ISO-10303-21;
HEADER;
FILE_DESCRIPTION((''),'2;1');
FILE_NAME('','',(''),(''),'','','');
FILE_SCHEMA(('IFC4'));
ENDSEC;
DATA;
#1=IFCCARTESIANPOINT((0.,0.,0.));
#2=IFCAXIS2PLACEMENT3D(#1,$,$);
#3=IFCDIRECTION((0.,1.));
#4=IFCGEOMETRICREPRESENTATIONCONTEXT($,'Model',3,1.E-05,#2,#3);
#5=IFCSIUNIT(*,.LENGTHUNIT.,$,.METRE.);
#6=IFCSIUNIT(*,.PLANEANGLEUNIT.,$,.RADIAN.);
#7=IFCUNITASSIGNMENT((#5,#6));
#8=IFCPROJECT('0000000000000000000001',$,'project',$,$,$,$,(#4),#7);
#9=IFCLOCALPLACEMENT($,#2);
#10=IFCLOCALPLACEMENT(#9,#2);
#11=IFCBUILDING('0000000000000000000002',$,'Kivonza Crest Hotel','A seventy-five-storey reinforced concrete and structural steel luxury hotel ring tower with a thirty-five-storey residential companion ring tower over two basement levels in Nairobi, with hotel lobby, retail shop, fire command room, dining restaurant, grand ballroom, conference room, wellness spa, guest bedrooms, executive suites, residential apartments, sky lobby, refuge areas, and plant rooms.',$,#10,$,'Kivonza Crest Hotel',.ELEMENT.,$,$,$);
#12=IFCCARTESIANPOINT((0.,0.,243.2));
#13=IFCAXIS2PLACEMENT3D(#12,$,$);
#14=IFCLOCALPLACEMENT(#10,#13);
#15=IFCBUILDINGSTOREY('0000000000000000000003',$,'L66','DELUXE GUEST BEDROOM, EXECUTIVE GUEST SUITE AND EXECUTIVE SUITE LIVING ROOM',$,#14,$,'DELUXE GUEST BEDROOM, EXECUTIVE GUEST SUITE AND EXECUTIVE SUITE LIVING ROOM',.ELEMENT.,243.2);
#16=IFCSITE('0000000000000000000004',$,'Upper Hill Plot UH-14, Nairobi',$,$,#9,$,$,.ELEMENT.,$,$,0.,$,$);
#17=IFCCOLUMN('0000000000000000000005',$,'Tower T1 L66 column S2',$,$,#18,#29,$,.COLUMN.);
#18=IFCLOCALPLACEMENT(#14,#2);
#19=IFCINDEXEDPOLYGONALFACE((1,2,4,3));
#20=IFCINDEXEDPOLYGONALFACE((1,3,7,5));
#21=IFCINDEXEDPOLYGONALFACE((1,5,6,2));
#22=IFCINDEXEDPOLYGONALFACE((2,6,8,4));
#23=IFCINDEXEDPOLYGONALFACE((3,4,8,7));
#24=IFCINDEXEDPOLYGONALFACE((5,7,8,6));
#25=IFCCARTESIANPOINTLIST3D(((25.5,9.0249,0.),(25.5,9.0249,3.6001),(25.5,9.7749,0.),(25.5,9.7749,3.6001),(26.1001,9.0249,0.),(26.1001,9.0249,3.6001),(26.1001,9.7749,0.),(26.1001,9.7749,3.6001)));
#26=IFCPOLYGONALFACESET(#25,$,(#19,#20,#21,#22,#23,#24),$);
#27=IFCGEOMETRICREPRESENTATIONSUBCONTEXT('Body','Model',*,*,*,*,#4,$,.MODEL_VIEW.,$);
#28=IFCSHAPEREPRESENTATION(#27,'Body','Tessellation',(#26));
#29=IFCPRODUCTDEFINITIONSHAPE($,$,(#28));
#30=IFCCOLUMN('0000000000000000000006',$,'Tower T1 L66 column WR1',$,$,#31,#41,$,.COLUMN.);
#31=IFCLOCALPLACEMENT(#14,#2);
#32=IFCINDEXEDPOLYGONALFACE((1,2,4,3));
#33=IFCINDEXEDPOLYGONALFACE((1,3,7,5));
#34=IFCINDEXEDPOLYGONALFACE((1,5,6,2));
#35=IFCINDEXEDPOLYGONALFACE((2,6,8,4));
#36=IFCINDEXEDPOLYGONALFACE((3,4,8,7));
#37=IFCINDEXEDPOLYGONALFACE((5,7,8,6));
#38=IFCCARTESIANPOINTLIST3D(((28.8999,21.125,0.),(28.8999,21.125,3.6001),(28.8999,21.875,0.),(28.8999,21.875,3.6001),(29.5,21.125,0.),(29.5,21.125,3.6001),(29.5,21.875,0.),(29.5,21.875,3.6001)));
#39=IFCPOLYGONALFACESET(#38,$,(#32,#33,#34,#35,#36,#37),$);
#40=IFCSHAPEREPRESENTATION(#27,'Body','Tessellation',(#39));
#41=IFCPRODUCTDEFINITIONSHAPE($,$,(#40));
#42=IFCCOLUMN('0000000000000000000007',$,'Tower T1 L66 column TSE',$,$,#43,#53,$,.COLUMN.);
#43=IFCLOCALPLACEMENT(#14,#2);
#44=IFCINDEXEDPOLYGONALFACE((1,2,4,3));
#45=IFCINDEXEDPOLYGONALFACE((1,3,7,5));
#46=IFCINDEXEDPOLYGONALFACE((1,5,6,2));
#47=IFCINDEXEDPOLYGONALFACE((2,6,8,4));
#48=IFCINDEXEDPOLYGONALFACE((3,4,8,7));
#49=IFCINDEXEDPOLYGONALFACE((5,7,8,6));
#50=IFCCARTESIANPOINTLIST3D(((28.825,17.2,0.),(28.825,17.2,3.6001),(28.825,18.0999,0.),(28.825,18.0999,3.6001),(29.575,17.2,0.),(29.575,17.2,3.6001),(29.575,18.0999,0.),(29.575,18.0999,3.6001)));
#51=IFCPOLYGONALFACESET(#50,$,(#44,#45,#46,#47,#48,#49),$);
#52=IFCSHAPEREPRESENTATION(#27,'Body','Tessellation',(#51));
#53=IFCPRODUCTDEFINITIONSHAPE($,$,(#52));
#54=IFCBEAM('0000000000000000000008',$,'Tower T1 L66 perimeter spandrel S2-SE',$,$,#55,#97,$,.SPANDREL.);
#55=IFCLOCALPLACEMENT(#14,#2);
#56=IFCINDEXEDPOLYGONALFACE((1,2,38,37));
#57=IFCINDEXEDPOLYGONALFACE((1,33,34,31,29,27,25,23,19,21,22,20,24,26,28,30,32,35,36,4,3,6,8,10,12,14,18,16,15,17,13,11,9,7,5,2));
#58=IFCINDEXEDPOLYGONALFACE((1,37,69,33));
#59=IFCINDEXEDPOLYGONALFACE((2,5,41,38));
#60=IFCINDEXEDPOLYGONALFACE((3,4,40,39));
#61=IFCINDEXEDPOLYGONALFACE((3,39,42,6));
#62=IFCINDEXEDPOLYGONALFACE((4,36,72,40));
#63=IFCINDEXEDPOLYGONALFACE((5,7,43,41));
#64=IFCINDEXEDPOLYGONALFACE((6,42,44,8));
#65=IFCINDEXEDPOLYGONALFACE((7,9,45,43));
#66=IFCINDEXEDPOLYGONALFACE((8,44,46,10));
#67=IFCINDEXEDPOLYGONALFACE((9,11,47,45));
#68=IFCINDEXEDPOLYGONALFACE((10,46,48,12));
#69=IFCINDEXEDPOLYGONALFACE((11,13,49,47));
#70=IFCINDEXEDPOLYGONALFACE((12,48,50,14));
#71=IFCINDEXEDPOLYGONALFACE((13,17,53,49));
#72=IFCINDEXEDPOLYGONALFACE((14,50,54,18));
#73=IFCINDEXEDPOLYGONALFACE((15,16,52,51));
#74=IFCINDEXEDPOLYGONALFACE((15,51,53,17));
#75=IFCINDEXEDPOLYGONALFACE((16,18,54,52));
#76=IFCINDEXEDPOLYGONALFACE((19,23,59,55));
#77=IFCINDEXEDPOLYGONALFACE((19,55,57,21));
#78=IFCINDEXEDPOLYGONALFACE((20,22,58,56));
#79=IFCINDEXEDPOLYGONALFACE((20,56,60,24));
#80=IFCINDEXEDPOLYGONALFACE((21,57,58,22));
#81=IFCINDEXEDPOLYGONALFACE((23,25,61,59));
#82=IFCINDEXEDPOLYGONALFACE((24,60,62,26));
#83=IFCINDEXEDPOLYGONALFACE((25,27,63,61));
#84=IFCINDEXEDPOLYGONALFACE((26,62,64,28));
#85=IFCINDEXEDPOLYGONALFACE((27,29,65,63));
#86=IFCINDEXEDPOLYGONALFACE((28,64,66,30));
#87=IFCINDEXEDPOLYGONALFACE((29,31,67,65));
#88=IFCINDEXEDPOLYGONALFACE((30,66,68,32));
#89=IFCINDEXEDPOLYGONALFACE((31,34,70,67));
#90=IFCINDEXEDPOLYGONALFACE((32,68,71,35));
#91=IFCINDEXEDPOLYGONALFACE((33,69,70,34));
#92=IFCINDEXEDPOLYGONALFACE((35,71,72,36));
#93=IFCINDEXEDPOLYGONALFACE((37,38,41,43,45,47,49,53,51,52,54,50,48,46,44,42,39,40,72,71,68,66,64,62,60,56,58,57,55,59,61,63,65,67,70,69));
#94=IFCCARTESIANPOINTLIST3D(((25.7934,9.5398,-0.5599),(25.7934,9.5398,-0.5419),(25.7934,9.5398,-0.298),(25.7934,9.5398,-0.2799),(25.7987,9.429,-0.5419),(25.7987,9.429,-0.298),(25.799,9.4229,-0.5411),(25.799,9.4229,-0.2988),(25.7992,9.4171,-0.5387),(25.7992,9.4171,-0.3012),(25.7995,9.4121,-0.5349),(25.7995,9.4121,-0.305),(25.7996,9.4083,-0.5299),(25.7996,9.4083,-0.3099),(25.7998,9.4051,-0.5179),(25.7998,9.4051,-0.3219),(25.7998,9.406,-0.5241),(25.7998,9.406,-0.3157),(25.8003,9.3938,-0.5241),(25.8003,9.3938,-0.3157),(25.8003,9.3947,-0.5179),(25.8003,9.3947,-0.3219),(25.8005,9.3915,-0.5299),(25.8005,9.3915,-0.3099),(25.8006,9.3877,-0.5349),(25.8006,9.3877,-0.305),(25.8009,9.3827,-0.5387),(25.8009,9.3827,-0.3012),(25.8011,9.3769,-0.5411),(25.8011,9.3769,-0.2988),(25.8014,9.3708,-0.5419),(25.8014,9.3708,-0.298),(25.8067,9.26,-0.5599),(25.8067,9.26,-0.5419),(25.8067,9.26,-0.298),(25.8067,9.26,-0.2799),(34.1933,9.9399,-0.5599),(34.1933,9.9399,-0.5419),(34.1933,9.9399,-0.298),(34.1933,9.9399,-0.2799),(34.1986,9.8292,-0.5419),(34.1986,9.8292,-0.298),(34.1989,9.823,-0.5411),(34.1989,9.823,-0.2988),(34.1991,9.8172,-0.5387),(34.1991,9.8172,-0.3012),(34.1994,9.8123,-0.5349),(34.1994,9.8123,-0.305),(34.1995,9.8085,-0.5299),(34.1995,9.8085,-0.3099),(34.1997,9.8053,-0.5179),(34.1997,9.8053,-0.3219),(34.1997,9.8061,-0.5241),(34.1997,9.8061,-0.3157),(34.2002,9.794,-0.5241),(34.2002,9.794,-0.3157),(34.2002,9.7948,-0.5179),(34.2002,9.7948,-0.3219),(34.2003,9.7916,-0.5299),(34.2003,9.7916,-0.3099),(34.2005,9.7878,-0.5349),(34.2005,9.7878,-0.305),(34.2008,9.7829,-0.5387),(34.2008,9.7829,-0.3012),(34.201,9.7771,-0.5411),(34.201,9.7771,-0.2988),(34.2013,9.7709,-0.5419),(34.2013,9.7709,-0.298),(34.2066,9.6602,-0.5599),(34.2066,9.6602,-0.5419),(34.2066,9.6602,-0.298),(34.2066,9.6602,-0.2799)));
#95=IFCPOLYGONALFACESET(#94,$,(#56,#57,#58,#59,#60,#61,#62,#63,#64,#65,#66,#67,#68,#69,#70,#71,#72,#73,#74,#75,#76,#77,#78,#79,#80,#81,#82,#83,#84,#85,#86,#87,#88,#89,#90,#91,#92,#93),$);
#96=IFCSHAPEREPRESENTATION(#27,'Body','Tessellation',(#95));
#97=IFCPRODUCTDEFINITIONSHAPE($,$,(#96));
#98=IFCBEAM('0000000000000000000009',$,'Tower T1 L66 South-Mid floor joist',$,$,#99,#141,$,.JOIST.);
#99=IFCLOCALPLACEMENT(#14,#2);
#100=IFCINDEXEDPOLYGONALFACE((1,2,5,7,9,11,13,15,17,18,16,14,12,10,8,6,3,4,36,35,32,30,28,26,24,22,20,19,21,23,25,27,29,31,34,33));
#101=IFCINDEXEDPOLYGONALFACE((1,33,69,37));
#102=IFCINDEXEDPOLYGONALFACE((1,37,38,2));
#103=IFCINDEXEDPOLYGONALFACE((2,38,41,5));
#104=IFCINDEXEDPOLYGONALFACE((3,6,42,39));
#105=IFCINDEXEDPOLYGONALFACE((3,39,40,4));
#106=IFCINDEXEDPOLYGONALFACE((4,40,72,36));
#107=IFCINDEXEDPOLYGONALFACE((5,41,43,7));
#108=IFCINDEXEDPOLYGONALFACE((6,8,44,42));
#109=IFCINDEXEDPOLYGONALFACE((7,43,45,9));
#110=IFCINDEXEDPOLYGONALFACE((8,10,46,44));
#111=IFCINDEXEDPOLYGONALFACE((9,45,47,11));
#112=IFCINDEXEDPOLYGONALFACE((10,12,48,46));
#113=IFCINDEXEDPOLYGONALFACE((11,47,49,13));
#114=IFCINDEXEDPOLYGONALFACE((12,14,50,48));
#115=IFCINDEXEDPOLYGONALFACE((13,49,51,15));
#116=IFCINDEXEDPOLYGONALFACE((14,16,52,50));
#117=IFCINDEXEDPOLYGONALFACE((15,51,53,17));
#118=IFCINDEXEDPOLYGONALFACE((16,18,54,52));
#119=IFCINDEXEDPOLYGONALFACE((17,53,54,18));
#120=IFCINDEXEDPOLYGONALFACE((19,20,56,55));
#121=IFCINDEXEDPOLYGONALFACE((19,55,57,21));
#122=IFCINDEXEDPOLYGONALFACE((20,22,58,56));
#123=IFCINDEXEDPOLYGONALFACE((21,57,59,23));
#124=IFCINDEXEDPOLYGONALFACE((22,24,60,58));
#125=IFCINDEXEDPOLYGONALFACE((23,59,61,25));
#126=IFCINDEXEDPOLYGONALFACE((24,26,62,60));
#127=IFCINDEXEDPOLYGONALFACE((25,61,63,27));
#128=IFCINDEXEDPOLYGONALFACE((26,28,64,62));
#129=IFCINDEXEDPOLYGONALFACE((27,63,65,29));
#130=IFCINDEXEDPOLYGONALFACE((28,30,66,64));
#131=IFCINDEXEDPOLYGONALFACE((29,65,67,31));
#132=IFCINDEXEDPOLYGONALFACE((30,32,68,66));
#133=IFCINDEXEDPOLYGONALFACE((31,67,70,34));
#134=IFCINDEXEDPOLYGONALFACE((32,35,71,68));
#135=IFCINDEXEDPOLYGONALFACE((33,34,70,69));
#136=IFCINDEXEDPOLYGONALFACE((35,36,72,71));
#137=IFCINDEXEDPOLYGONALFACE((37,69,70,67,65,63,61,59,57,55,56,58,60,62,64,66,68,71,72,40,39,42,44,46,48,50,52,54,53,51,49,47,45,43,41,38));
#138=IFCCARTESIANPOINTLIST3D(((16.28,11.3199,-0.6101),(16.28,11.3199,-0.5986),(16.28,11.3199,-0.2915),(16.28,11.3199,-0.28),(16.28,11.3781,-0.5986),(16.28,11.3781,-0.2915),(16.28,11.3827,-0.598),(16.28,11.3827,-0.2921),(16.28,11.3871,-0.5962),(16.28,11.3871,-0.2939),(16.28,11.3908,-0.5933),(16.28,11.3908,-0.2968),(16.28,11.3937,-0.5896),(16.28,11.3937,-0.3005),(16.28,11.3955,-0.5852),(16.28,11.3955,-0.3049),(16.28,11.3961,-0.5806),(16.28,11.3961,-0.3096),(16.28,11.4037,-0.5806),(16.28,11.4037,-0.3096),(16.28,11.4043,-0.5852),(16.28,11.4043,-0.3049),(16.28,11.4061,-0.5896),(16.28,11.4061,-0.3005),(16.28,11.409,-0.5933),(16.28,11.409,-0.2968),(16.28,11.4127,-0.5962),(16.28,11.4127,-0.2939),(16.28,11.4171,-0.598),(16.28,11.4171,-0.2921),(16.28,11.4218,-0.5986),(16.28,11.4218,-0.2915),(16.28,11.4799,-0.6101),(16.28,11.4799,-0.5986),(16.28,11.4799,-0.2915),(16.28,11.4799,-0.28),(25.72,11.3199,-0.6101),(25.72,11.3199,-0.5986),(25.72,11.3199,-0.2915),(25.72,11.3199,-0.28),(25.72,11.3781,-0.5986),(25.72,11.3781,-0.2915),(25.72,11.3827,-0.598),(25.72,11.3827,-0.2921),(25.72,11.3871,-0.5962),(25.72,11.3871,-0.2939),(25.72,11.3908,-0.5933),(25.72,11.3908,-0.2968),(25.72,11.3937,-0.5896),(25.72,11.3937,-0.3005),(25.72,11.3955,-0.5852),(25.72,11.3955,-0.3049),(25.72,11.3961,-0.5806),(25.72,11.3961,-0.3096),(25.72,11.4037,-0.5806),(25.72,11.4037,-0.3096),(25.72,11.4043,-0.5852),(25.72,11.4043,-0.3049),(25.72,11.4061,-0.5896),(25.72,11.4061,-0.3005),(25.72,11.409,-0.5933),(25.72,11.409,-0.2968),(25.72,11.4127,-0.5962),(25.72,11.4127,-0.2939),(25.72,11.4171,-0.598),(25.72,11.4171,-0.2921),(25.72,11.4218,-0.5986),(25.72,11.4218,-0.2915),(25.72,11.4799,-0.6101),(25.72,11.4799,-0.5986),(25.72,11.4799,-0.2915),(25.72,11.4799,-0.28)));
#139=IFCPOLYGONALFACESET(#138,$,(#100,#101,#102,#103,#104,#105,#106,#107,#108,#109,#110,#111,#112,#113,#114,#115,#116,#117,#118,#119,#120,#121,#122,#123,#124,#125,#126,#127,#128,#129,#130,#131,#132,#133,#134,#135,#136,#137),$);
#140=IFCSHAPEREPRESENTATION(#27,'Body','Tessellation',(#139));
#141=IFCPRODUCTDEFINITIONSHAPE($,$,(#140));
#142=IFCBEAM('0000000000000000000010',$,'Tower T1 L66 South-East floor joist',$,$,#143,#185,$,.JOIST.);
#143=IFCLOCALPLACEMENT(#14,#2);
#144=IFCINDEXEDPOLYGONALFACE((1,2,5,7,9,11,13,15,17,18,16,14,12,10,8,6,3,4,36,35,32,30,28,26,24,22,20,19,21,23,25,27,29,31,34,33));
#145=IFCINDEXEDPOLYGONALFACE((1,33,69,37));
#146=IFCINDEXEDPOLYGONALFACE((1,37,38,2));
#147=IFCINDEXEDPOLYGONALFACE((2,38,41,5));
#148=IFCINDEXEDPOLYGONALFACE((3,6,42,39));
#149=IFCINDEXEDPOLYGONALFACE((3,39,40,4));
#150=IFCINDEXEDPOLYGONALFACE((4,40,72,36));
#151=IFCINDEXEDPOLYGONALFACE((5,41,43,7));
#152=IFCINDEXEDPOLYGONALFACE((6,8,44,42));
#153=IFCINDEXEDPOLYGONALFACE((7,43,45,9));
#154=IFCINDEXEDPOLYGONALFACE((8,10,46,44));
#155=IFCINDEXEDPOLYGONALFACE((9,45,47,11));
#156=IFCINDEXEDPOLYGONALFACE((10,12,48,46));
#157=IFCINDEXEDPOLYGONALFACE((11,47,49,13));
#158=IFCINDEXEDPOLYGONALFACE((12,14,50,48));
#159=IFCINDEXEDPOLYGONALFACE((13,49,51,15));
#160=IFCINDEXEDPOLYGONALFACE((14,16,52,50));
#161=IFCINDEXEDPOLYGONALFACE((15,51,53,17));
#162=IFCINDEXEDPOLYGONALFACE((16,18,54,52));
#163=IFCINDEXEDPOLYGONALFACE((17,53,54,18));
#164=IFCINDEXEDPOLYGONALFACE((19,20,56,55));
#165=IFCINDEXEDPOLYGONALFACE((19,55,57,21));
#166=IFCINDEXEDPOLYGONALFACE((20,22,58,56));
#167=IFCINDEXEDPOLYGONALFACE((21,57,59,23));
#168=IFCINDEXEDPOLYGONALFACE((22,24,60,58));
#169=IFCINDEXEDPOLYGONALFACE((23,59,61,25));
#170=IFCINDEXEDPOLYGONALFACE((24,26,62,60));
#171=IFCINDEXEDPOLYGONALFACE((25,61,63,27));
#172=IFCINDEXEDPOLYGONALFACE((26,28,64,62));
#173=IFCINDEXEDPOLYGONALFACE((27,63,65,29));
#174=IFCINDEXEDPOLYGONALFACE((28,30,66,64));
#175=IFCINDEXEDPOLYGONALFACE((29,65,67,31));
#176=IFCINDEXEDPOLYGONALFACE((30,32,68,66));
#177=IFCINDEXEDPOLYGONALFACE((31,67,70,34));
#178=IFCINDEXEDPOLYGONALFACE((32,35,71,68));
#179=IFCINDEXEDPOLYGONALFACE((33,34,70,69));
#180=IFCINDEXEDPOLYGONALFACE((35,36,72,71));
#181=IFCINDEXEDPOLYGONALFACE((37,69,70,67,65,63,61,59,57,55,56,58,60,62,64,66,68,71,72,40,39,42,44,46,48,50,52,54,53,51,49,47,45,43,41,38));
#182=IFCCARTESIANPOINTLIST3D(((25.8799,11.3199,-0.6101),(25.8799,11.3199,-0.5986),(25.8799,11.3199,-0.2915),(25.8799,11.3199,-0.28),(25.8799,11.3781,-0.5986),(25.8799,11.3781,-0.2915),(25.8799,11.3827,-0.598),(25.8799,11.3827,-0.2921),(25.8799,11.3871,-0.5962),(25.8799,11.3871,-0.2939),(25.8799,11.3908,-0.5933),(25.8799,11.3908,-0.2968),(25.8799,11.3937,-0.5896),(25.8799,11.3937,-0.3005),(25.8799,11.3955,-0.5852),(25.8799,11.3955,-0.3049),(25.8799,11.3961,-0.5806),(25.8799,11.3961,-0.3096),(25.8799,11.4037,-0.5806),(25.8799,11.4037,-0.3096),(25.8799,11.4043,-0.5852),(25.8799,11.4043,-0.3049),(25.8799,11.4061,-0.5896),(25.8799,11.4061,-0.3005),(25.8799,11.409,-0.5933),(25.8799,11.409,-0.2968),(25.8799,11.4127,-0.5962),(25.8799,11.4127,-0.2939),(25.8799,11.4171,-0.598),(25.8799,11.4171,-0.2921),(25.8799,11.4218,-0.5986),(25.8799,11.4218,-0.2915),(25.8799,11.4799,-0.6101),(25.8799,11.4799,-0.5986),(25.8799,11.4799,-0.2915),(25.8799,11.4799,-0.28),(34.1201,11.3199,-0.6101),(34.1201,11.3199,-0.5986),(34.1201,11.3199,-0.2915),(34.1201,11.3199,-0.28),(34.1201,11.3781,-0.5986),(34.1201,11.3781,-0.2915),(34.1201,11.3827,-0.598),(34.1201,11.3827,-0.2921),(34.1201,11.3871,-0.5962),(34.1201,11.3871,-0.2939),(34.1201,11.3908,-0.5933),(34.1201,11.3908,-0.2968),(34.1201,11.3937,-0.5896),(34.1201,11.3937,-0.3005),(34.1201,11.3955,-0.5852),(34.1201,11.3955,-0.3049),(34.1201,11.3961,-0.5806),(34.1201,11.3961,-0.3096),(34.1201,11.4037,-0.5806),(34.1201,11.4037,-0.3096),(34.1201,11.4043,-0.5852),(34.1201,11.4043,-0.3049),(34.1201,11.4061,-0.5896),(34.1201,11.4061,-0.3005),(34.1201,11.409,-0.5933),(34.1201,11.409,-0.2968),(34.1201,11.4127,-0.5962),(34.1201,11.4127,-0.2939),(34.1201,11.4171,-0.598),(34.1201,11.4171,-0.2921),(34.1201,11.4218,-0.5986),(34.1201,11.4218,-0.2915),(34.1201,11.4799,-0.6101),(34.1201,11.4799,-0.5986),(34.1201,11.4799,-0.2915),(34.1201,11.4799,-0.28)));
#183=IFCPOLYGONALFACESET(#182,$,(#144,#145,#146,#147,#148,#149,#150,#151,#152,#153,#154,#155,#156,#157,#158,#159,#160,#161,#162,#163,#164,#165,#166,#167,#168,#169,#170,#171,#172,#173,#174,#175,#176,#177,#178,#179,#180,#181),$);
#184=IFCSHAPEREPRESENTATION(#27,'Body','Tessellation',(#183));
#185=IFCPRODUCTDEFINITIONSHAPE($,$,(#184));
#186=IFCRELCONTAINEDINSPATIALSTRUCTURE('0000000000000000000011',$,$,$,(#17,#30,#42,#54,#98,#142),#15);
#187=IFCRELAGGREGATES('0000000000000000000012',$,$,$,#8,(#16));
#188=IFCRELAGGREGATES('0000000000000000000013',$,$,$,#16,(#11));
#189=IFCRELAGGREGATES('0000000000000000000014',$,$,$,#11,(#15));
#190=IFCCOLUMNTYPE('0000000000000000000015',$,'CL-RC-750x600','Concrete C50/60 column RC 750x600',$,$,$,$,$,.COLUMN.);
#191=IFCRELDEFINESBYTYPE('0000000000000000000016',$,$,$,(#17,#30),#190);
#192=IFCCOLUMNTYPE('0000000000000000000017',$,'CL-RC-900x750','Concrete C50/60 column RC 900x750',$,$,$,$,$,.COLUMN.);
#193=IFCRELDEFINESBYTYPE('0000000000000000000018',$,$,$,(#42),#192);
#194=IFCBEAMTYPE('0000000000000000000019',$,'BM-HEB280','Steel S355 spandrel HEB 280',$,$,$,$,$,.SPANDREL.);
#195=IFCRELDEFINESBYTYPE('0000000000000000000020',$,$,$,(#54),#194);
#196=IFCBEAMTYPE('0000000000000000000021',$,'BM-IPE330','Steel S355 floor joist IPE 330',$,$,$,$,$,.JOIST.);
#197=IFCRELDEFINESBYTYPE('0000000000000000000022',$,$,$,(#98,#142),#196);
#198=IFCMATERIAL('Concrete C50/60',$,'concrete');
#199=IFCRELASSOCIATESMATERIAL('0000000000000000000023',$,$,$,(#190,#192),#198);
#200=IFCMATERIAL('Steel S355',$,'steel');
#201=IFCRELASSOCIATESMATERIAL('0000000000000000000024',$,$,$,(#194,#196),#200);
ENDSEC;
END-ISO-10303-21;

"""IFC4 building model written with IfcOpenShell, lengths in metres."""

from ifc_helpers import new_model, si_unit, direction, frame, origin, origin_2d, place, context, subcontext, project, spatial, rectangle, i_section, extrude, material, material_profile, profile_set, type_object, element, save


model = new_model("IFC4")

# Units and contexts
model_context = context("Model", 3, precision=1e-05, world=origin(), true_north=direction((0.0, 1.0)))
body_context = subcontext(model_context, "Body", "Model", "MODEL_VIEW")
ifc_project = project(units=[si_unit("LENGTHUNIT", "METRE"), si_unit("PLANEANGLEUNIT", "RADIAN")], contexts=[model_context])

# Site, building, storey
site_placement = place(None, origin())
site = spatial("IfcSite", under=ifc_project, at=site_placement, Name="Upper Hill Plot UH-14, Nairobi", CompositionType="ELEMENT", RefElevation=0.0)
building_placement = place(site_placement, origin())
building = spatial("IfcBuilding", under=site, at=building_placement, Name="Kivonza Crest Hotel", Description="A seventy-five-storey reinforced concrete and structural steel luxury hotel ring tower with a thirty-five-storey residential companion ring tower over two basement levels in Nairobi, with hotel lobby, retail shop, fire command room, dining restaurant, grand ballroom, conference room, wellness spa, guest bedrooms, executive suites, residential apartments, sky lobby, refuge areas, and plant rooms.", LongName="Kivonza Crest Hotel", CompositionType="ELEMENT")
storey_placement = place(building_placement, frame((0.0, 0.0, 243.2)))
storey = spatial("IfcBuildingStorey", under=building, at=storey_placement, Name="L66", Description="DELUXE GUEST BEDROOM, EXECUTIVE GUEST SUITE AND EXECUTIVE SUITE LIVING ROOM", LongName="DELUXE GUEST BEDROOM, EXECUTIVE GUEST SUITE AND EXECUTIVE SUITE LIVING ROOM", CompositionType="ELEMENT", Elevation=243.2)

# Columns
ifc_material_1 = material(Name="Concrete C50/60", Category="concrete")
ifc_material_profile_1 = material_profile(ifc_material_1, rectangle(XDim=0.6001, YDim=0.75, at=origin_2d()), Name="RC 750x600")
ifc_profile_set_1 = profile_set([ifc_material_profile_1], Name="Concrete C50/60")
column_type_1 = type_object("IfcColumnType", Name="CL-RC-750x600", Description="Concrete C50/60 column RC 750x600", PredefinedType="COLUMN", material=ifc_profile_set_1)
for number, where, z_axis, x_axis, name in (
    (1, (25.8, 9.3999, 0.0), (0.0, 0.0, 1.0), (1.0, 0.0, 0.0), "Tower T1 L66 column S2"),
    (2, (29.2, 21.5, 0.0), (0.0, 0.0, 1.0), (1.0, 0.0, 0.0), "Tower T1 L66 column WR1"),
):
    element("IfcColumn", number, at=place(storey_placement, frame(where, z_axis=z_axis, x_axis=x_axis)), inside=storey, type_object=column_type_1, Name=name, PredefinedType="COLUMN", context=body_context, shape_type="SweptSolid", body=[
        extrude(rectangle(XDim=0.6001, YDim=0.75, at=origin_2d()), origin(), (0.0, 0.0, 1.0), 3.6001),
    ])
ifc_material_profile_2 = material_profile(ifc_material_1, rectangle(XDim=0.75, YDim=0.8999, at=origin_2d()), Name="RC 900x750")
ifc_profile_set_2 = profile_set([ifc_material_profile_2], Name="Concrete C50/60")
column_type_2 = type_object("IfcColumnType", Name="CL-RC-900x750", Description="Concrete C50/60 column RC 900x750", PredefinedType="COLUMN", material=ifc_profile_set_2)
column_placement = place(storey_placement, frame((29.2, 17.6499, 0.0), z_axis=(0.0, 0.0, 1.0), x_axis=(1.0, 0.0, 0.0)))
element("IfcColumn", 3, at=column_placement, inside=storey, type_object=column_type_2, Name="Tower T1 L66 column TSE", PredefinedType="COLUMN", context=body_context, shape_type="SweptSolid", body=[
    extrude(rectangle(XDim=0.75, YDim=0.8999, at=origin_2d()), origin(), (0.0, 0.0, 1.0), 3.6001),
])

# Beams
ifc_material_2 = material(Name="Steel S355", Category="steel")
ifc_material_profile_3 = material_profile(ifc_material_2, i_section(OverallWidth=0.28, OverallDepth=0.28, WebThickness=0.0105, FlangeThickness=0.0181, FilletRadius=0.0239, at=origin_2d()), Name="HEB 280")
ifc_profile_set_3 = profile_set([ifc_material_profile_3], Name="Steel S355")
beam_type_1 = type_object("IfcBeamType", Name="BM-HEB280", Description="Steel S355 spandrel HEB 280", PredefinedType="SPANDREL", material=ifc_profile_set_3)
beam_1_placement = place(storey_placement, frame((25.8, 9.3999, -0.4199), z_axis=(0.998867, 0.047583, 0.0), x_axis=(-0.047583, 0.998867, 0.0)))
element("IfcBeam", 4, at=beam_1_placement, inside=storey, type_object=beam_type_1, Name="Tower T1 L66 perimeter spandrel S2-SE", PredefinedType="SPANDREL", context=body_context, shape_type="SweptSolid", body=[
    extrude(i_section(OverallWidth=0.28, OverallDepth=0.28, WebThickness=0.0105, FlangeThickness=0.0181, FilletRadius=0.0239, at=origin_2d()), origin(), (0.0, 0.0, 1.0), 8.4094),
])
ifc_material_profile_4 = material_profile(ifc_material_2, i_section(OverallWidth=0.1599, OverallDepth=0.3301, WebThickness=0.0076, FlangeThickness=0.0115, FilletRadius=0.0181, at=origin_2d()), Name="IPE 330")
ifc_profile_set_4 = profile_set([ifc_material_profile_4], Name="Steel S355")
beam_type_2 = type_object("IfcBeamType", Name="BM-IPE330", Description="Steel S355 floor joist IPE 330", PredefinedType="JOIST", material=ifc_profile_set_4)
beam_2_placement = place(storey_placement, frame((16.28, 11.3999, -0.4451), z_axis=(1.0, 0.0, 0.0), x_axis=(0.0, 1.0, 0.0)))
element("IfcBeam", 5, at=beam_2_placement, inside=storey, type_object=beam_type_2, Name="Tower T1 L66 South-Mid floor joist", PredefinedType="JOIST", context=body_context, shape_type="SweptSolid", body=[
    extrude(i_section(OverallWidth=0.1599, OverallDepth=0.3301, WebThickness=0.0076, FlangeThickness=0.0115, FilletRadius=0.0181, at=origin_2d()), origin(), (0.0, 0.0, 1.0), 9.4399),
])
beam_3_placement = place(storey_placement, frame((25.8799, 11.3999, -0.4451), z_axis=(1.0, 0.0, 0.0), x_axis=(0.0, 1.0, 0.0)))
element("IfcBeam", 6, at=beam_3_placement, inside=storey, type_object=beam_type_2, Name="Tower T1 L66 South-East floor joist", PredefinedType="JOIST", context=body_context, shape_type="SweptSolid", body=[
    extrude(i_section(OverallWidth=0.1599, OverallDepth=0.3301, WebThickness=0.0076, FlangeThickness=0.0115, FilletRadius=0.0181, at=origin_2d()), origin(), (0.0, 0.0, 1.0), 8.2402),
])

save(model, "model.ifc")
